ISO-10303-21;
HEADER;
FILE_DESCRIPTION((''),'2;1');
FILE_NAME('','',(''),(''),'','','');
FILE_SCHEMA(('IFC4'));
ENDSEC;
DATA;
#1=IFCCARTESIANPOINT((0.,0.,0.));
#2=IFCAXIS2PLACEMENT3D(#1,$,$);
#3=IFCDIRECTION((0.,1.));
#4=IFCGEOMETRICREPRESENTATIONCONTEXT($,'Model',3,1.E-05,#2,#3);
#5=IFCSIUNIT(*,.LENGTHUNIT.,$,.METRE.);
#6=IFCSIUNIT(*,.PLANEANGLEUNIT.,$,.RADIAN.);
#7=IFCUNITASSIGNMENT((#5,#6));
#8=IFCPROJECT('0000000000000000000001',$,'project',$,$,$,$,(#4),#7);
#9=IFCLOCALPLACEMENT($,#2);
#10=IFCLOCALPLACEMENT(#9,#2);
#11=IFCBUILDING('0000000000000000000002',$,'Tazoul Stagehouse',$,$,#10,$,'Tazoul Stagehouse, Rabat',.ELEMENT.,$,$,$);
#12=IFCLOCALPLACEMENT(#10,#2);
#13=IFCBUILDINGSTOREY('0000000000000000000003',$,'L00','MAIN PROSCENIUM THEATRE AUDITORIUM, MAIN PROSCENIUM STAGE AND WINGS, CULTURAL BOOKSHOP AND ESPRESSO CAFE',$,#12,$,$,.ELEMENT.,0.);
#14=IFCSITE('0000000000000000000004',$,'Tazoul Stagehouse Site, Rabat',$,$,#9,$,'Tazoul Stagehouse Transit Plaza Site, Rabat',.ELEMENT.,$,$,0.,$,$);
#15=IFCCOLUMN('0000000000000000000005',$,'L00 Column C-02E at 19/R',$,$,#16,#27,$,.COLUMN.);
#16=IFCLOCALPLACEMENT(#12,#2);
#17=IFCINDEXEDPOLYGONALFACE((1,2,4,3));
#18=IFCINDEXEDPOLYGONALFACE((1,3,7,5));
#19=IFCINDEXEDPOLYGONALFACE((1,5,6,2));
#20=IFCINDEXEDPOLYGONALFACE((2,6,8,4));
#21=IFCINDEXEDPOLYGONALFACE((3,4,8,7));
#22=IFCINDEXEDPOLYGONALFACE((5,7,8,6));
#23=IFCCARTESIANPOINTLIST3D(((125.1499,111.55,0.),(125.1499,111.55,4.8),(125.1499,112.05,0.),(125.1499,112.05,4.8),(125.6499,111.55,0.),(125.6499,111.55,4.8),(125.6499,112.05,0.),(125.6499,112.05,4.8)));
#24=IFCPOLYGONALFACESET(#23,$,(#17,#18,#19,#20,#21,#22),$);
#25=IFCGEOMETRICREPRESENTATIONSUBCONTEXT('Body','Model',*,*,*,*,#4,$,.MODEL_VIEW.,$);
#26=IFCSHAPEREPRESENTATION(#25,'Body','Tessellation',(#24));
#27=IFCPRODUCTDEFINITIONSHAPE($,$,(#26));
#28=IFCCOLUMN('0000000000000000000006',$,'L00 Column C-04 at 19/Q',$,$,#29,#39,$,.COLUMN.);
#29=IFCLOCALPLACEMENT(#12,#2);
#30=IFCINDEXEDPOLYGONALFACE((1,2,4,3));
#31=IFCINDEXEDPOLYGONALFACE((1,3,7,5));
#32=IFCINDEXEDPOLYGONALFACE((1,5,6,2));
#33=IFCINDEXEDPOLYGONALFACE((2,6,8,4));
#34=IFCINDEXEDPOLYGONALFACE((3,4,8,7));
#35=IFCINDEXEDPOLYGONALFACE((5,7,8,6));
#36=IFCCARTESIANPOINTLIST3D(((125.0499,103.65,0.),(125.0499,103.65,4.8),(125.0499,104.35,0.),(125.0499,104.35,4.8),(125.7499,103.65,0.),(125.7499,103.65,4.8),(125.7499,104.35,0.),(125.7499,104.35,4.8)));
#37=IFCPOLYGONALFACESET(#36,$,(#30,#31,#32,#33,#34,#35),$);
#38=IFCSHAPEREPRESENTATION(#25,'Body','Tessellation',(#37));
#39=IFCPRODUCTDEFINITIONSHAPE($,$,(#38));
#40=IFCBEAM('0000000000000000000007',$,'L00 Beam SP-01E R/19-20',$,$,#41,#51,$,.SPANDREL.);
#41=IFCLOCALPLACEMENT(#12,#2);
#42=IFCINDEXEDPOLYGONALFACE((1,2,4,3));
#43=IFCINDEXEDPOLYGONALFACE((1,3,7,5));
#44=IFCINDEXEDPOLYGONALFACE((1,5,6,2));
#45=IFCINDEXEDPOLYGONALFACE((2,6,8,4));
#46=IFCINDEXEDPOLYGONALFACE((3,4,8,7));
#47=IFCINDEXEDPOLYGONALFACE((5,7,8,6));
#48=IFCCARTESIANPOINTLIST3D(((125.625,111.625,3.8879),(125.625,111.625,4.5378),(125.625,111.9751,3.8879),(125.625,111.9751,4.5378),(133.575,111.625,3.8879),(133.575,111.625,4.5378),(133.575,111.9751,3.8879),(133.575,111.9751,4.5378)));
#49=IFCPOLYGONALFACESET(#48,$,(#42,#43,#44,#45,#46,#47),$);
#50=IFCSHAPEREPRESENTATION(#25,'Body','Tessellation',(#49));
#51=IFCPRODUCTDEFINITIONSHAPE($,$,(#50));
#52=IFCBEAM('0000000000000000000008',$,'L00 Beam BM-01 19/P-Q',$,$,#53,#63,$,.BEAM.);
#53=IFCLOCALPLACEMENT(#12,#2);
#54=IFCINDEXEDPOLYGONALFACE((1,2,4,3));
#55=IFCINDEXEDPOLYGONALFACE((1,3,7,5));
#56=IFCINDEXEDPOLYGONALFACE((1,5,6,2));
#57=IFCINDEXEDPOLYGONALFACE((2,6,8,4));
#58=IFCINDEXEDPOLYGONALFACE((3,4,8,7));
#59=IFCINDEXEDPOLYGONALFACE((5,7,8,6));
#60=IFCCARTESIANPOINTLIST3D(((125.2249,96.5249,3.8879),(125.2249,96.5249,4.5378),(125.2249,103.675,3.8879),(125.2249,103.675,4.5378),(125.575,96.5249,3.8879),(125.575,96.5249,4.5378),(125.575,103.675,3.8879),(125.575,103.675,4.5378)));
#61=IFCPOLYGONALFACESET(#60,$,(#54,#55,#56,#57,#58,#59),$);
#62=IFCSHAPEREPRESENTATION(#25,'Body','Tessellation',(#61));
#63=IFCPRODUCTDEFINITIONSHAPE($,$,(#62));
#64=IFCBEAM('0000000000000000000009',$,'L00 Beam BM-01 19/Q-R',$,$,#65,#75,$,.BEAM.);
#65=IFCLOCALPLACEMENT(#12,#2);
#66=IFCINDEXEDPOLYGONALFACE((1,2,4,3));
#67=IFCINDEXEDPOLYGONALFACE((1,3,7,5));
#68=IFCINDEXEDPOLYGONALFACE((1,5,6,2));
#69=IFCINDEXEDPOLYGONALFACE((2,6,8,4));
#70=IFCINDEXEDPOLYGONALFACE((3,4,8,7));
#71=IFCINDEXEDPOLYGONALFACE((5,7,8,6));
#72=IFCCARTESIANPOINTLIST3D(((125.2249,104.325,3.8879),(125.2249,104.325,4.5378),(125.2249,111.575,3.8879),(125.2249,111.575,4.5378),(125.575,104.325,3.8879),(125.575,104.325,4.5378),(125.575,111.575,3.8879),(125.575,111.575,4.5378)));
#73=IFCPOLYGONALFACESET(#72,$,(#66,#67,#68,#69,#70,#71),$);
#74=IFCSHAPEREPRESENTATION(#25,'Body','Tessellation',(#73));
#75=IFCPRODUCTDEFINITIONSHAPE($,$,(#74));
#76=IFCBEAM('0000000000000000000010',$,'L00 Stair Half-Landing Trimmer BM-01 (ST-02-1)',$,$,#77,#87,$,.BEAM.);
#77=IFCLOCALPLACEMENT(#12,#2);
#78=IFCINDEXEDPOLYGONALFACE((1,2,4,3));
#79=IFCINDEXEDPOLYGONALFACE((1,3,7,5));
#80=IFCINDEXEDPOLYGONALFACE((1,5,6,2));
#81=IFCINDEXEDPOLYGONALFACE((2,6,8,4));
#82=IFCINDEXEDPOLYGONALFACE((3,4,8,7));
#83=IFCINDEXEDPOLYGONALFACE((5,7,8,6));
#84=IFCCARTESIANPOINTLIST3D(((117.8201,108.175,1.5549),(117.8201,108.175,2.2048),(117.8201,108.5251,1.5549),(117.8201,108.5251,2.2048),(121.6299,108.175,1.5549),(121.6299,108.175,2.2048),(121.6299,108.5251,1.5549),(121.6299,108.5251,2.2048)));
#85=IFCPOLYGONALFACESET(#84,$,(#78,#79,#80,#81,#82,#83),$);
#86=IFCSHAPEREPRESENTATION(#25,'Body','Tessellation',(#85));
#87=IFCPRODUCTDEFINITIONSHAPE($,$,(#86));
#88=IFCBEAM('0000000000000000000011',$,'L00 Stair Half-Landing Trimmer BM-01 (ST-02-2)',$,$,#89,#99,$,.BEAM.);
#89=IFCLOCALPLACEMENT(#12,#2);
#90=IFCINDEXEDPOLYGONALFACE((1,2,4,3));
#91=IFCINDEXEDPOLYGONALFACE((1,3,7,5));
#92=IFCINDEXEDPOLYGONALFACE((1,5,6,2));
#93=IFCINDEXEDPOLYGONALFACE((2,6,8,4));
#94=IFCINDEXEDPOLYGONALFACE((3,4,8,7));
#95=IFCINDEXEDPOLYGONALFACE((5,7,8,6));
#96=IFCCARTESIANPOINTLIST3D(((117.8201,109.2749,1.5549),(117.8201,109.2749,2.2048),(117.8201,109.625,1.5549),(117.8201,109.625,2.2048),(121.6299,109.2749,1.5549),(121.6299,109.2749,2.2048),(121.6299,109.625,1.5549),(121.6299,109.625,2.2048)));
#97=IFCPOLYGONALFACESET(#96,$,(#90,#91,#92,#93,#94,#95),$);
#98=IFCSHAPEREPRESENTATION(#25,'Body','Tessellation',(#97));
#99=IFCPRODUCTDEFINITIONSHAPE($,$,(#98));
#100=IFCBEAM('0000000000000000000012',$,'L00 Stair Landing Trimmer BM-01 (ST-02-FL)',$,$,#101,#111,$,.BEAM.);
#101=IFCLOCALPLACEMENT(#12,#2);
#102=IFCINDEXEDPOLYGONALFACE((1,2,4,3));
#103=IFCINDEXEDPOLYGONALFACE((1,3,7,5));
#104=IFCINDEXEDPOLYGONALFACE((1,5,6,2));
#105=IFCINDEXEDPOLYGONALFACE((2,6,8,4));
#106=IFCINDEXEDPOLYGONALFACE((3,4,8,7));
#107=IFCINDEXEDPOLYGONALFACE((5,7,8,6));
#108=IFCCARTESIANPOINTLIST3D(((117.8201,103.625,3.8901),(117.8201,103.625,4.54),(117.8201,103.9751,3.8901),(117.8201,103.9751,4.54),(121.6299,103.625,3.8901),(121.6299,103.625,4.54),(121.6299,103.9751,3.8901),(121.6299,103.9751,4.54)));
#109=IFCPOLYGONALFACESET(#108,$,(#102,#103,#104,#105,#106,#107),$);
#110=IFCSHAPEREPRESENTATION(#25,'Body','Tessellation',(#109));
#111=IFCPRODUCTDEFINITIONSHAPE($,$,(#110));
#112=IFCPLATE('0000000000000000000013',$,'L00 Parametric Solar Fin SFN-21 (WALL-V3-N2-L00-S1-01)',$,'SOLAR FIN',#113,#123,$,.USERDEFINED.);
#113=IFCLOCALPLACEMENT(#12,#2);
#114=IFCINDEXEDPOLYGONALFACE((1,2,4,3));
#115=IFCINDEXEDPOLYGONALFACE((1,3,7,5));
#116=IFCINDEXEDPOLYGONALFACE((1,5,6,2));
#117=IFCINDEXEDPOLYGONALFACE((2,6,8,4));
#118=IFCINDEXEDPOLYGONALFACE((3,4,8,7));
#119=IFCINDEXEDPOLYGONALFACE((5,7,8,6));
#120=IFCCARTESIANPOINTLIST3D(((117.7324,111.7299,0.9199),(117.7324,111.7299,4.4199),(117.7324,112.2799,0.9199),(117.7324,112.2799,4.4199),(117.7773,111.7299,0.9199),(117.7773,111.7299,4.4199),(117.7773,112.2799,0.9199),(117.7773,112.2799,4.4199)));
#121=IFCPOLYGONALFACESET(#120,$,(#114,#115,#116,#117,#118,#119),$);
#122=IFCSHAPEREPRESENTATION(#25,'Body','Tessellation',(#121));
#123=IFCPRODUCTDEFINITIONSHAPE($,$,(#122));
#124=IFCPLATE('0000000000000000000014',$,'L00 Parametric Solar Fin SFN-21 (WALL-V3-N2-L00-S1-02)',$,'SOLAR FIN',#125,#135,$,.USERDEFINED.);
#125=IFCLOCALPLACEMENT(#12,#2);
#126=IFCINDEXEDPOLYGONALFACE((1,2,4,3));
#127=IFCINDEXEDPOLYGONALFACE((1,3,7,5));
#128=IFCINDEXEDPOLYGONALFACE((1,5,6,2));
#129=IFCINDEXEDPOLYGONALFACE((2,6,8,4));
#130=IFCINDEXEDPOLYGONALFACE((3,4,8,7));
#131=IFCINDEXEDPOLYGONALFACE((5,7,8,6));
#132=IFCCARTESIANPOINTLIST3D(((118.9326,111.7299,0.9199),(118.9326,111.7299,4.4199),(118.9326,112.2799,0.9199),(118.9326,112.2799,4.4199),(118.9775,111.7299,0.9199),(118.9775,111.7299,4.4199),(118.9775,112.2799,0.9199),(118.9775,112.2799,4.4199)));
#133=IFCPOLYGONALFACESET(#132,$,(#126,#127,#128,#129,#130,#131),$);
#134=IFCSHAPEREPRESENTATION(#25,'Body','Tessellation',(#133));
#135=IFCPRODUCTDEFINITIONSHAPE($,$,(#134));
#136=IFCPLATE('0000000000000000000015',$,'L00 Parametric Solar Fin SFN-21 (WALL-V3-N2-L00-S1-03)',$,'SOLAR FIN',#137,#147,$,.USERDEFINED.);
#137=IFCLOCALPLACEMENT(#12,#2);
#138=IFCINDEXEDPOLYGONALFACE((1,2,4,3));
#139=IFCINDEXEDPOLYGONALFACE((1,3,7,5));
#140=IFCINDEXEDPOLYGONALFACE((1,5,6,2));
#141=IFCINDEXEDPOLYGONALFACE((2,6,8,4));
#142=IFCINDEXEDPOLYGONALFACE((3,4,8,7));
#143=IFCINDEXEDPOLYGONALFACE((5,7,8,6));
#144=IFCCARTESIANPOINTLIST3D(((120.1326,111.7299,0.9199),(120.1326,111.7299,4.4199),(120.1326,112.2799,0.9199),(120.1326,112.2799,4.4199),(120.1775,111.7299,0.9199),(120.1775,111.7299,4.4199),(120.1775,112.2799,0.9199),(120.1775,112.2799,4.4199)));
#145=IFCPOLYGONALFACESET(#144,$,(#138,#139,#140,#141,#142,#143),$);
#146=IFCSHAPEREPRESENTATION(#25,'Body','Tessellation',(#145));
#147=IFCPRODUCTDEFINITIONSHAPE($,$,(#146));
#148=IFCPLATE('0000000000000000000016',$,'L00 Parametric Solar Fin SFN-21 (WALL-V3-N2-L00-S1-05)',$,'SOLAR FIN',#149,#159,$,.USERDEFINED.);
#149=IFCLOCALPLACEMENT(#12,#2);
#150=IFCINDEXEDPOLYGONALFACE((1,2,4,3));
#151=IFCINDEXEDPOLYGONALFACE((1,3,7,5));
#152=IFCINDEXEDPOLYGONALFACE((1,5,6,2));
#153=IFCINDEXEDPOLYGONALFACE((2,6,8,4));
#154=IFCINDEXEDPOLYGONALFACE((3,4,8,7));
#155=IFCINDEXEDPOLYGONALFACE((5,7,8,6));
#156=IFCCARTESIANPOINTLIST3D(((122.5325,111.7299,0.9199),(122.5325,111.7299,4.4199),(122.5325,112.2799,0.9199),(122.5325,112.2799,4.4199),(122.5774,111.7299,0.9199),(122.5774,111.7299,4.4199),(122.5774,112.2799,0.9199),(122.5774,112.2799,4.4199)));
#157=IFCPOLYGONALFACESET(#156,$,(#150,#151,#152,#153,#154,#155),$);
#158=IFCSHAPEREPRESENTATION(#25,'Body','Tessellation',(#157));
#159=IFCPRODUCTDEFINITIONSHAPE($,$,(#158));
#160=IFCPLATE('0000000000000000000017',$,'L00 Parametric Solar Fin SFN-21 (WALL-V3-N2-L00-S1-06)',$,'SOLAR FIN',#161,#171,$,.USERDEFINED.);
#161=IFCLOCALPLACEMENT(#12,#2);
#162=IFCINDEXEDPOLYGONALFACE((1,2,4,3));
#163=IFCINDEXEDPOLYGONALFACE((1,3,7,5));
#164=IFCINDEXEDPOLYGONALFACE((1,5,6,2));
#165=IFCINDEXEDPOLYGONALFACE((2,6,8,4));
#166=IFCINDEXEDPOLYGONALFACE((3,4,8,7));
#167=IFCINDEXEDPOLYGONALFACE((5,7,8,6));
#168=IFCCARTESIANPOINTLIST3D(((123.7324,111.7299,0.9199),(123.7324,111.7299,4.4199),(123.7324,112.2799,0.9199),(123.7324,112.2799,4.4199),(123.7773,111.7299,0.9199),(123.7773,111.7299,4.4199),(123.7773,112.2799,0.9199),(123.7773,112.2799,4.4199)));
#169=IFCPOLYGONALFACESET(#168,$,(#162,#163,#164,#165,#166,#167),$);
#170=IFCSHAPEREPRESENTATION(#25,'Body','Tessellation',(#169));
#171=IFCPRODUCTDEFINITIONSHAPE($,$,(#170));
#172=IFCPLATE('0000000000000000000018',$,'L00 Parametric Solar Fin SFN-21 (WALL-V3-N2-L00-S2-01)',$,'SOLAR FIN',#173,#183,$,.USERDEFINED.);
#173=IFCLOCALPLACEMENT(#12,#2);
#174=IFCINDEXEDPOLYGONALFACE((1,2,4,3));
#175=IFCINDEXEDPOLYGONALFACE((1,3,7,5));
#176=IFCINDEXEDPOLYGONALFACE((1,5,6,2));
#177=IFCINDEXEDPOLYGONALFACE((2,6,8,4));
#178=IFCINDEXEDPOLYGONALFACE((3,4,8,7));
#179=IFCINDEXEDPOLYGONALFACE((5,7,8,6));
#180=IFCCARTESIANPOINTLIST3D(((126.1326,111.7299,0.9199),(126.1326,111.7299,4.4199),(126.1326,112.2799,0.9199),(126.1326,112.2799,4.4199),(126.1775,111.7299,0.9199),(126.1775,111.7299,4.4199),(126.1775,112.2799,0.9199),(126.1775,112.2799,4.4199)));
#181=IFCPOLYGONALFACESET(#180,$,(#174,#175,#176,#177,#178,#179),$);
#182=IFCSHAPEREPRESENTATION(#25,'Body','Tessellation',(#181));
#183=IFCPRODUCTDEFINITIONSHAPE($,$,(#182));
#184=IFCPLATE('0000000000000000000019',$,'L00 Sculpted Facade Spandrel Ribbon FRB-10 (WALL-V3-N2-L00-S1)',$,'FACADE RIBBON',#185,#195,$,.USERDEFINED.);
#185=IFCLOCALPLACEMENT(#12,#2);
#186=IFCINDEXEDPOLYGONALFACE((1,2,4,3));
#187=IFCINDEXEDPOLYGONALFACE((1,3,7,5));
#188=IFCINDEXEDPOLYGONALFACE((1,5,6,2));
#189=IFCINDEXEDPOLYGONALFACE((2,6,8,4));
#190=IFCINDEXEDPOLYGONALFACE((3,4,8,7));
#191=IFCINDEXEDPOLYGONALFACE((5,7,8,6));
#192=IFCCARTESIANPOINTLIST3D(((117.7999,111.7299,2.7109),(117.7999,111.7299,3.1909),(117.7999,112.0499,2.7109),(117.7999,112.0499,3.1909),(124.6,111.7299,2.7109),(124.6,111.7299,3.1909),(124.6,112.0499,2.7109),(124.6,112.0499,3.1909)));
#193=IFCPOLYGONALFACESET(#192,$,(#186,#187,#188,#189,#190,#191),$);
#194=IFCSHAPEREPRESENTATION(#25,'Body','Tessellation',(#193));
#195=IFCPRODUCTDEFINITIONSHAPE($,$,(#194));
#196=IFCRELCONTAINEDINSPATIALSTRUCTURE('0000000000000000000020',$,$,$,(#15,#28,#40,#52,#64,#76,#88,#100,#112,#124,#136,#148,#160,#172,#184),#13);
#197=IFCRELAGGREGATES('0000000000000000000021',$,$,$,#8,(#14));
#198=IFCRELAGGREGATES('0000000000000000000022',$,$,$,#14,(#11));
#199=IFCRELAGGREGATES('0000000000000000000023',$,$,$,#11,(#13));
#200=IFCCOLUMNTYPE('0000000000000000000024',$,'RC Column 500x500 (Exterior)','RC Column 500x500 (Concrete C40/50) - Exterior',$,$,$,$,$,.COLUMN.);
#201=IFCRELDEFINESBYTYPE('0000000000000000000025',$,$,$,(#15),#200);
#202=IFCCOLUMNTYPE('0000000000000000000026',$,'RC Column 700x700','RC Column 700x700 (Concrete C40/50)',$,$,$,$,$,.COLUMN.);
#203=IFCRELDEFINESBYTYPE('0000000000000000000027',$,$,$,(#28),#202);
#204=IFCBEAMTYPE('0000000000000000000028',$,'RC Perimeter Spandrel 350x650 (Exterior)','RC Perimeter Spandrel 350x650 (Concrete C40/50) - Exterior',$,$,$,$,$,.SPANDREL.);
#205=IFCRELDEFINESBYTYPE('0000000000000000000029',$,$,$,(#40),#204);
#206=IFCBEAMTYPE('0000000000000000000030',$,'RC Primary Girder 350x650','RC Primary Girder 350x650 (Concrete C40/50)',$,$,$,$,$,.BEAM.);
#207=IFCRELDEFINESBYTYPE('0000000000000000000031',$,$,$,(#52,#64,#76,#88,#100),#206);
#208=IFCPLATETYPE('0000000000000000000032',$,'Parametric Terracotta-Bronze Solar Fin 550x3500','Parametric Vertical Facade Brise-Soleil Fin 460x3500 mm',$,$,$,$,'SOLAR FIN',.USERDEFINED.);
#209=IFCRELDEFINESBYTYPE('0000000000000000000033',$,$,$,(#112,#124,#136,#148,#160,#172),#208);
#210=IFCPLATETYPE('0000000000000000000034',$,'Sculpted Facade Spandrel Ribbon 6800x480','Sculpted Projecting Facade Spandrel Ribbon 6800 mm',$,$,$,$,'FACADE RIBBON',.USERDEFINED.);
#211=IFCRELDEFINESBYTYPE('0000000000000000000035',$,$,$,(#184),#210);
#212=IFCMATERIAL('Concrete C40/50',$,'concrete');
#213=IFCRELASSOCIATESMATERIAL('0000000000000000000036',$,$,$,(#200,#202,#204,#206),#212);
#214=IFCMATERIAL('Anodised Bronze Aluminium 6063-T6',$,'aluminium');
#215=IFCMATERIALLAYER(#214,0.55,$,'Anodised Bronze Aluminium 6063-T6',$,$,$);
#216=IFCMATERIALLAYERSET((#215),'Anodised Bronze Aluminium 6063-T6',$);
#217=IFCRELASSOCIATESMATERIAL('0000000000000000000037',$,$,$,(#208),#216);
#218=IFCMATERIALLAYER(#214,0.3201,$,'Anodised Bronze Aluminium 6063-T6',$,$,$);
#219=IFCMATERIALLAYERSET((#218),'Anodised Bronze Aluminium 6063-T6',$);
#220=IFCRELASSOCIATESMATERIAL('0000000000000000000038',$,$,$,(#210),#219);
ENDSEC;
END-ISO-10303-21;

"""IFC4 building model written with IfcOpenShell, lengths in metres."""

from ifc_helpers import new_model, si_unit, direction, frame, origin, origin_2d, place, context, subcontext, project, spatial, rectangle, extrude, material, layer, layer_set, material_profile, profile_set, type_object, element, save


model = new_model("IFC4")

# Units and contexts
model_context = context("Model", 3, precision=1e-05, world=origin(), true_north=direction((0.0, 1.0)))
body_context = subcontext(model_context, "Body", "Model", "MODEL_VIEW")
ifc_project = project(units=[si_unit("LENGTHUNIT", "METRE"), si_unit("PLANEANGLEUNIT", "RADIAN")], contexts=[model_context])

# Site, building, storey
site_placement = place(None, origin())
site = spatial("IfcSite", under=ifc_project, at=site_placement, Name="Tazoul Stagehouse Site, Rabat", LongName="Tazoul Stagehouse Transit Plaza Site, Rabat", CompositionType="ELEMENT", RefElevation=0.0)
building_placement = place(site_placement, origin())
building = spatial("IfcBuilding", under=site, at=building_placement, Name="Tazoul Stagehouse", LongName="Tazoul Stagehouse, Rabat", CompositionType="ELEMENT")
storey_placement = place(building_placement, origin())
storey = spatial("IfcBuildingStorey", under=building, at=storey_placement, Name="L00", Description="MAIN PROSCENIUM THEATRE AUDITORIUM, MAIN PROSCENIUM STAGE AND WINGS, CULTURAL BOOKSHOP AND ESPRESSO CAFE", CompositionType="ELEMENT", Elevation=0.0)

# Columns
ifc_material_1 = material(Name="Concrete C40/50", Category="concrete")
ifc_material_profile_1 = material_profile(ifc_material_1, rectangle(XDim=0.5, YDim=0.5, at=origin_2d()), Name="RC 500x500")
ifc_profile_set_1 = profile_set([ifc_material_profile_1], Name="Concrete C40/50")
column_type_1 = type_object("IfcColumnType", Name="RC Column 500x500 (Exterior)", Description="RC Column 500x500 (Concrete C40/50) - Exterior", PredefinedType="COLUMN", material=ifc_profile_set_1)
column_1_placement = place(storey_placement, frame((125.3999, 111.8, 0.0), z_axis=(0.0, 0.0, 1.0), x_axis=(1.0, 0.0, 0.0)))
element("IfcColumn", 1, at=column_1_placement, inside=storey, type_object=column_type_1, Name="L00 Column C-02E at 19/R", PredefinedType="COLUMN", context=body_context, shape_type="SweptSolid", body=[
    extrude(rectangle(XDim=0.5, YDim=0.5, at=origin_2d()), origin(), (0.0, 0.0, 1.0), 4.8),
])
ifc_material_profile_2 = material_profile(ifc_material_1, rectangle(XDim=0.7, YDim=0.7, at=origin_2d()), Name="RC 700x700")
ifc_profile_set_2 = profile_set([ifc_material_profile_2], Name="Concrete C40/50")
column_type_2 = type_object("IfcColumnType", Name="RC Column 700x700", Description="RC Column 700x700 (Concrete C40/50)", PredefinedType="COLUMN", material=ifc_profile_set_2)
column_2_placement = place(storey_placement, frame((125.3999, 104.0, 0.0), z_axis=(0.0, 0.0, 1.0), x_axis=(1.0, 0.0, 0.0)))
element("IfcColumn", 2, at=column_2_placement, inside=storey, type_object=column_type_2, Name="L00 Column C-04 at 19/Q", PredefinedType="COLUMN", context=body_context, shape_type="SweptSolid", body=[
    extrude(rectangle(XDim=0.7, YDim=0.7, at=origin_2d()), origin(), (0.0, 0.0, 1.0), 4.8),
])

# Beams
ifc_material_profile_3 = material_profile(ifc_material_1, rectangle(XDim=0.3501, YDim=0.6499, at=origin_2d()), Name="RC 350x650")
ifc_profile_set_3 = profile_set([ifc_material_profile_3], Name="Concrete C40/50")
beam_type_1 = type_object("IfcBeamType", Name="RC Perimeter Spandrel 350x650 (Exterior)", Description="RC Perimeter Spandrel 350x650 (Concrete C40/50) - Exterior", PredefinedType="SPANDREL", material=ifc_profile_set_3)
beam_1_placement = place(storey_placement, frame((125.625, 111.8, 4.2129), z_axis=(1.0, 0.0, 0.0), x_axis=(0.0, 1.0, 0.0)))
element("IfcBeam", 3, at=beam_1_placement, inside=storey, type_object=beam_type_1, Name="L00 Beam SP-01E R/19-20", PredefinedType="SPANDREL", context=body_context, shape_type="SweptSolid", body=[
    extrude(rectangle(XDim=0.3501, YDim=0.6499, at=origin_2d()), origin(), (0.0, 0.0, 1.0), 7.95),
])
ifc_material_profile_4 = material_profile(ifc_material_1, rectangle(XDim=0.3501, YDim=0.6499, at=origin_2d()), Name="RC 350x650")
ifc_profile_set_4 = profile_set([ifc_material_profile_4], Name="Concrete C40/50")
beam_type_2 = type_object("IfcBeamType", Name="RC Primary Girder 350x650", Description="RC Primary Girder 350x650 (Concrete C40/50)", PredefinedType="BEAM", material=ifc_profile_set_4)
beam_2_placement = place(storey_placement, frame((125.3999, 96.5249, 4.2129), z_axis=(0.0, 1.0, 0.0), x_axis=(-1.0, 0.0, 0.0)))
element("IfcBeam", 4, at=beam_2_placement, inside=storey, type_object=beam_type_2, Name="L00 Beam BM-01 19/P-Q", PredefinedType="BEAM", context=body_context, shape_type="SweptSolid", body=[
    extrude(rectangle(XDim=0.3501, YDim=0.6499, at=origin_2d()), origin(), (0.0, 0.0, 1.0), 7.1501),
])
beam_3_placement = place(storey_placement, frame((125.3999, 104.325, 4.2129), z_axis=(0.0, 1.0, 0.0), x_axis=(-1.0, 0.0, 0.0)))
element("IfcBeam", 5, at=beam_3_placement, inside=storey, type_object=beam_type_2, Name="L00 Beam BM-01 19/Q-R", PredefinedType="BEAM", context=body_context, shape_type="SweptSolid", body=[
    extrude(rectangle(XDim=0.3501, YDim=0.6499, at=origin_2d()), origin(), (0.0, 0.0, 1.0), 7.25),
])
for number, where, z_axis, x_axis, name in (
    (6, (117.8201, 108.3501, 1.8799), (1.0, 0.0, 0.0), (0.0, 1.0, 0.0), "L00 Stair Half-Landing Trimmer BM-01 (ST-02-1)"),
    (7, (117.8201, 109.45, 1.8799), (1.0, 0.0, 0.0), (0.0, 1.0, 0.0), "L00 Stair Half-Landing Trimmer BM-01 (ST-02-2)"),
    (8, (117.8201, 103.8, 4.2151), (1.0, 0.0, 0.0), (0.0, 1.0, 0.0), "L00 Stair Landing Trimmer BM-01 (ST-02-FL)"),
):
    element("IfcBeam", number, at=place(storey_placement, frame(where, z_axis=z_axis, x_axis=x_axis)), inside=storey, type_object=beam_type_2, Name=name, PredefinedType="BEAM", context=body_context, shape_type="SweptSolid", body=[
        extrude(rectangle(XDim=0.3501, YDim=0.6499, at=origin_2d()), origin(), (0.0, 0.0, 1.0), 3.8098),
    ])

# Plates
ifc_material_2 = material(Name="Anodised Bronze Aluminium 6063-T6", Category="aluminium")
ifc_layer_1 = layer(ifc_material_2, 0.55, Name="Anodised Bronze Aluminium 6063-T6")
ifc_layer_set_1 = layer_set([ifc_layer_1], Name="Anodised Bronze Aluminium 6063-T6")
plate_type_1 = type_object("IfcPlateType", Name="Parametric Terracotta-Bronze Solar Fin 550x3500", Description="Parametric Vertical Facade Brise-Soleil Fin 460x3500 mm", ElementType="SOLAR FIN", PredefinedType="USERDEFINED", material=ifc_layer_set_1)
for number, where, z_axis, x_axis, name in (
    (9, (117.7549, 112.0049, 0.9199), (0.0, 0.0, 1.0), (1.0, 0.0, 0.0), "L00 Parametric Solar Fin SFN-21 (WALL-V3-N2-L00-S1-01)"),
    (10, (118.9551, 112.0049, 0.9199), (0.0, 0.0, 1.0), (1.0, 0.0, 0.0), "L00 Parametric Solar Fin SFN-21 (WALL-V3-N2-L00-S1-02)"),
    (11, (120.155, 112.0049, 0.9199), (0.0, 0.0, 1.0), (1.0, 0.0, 0.0), "L00 Parametric Solar Fin SFN-21 (WALL-V3-N2-L00-S1-03)"),
    (12, (122.5549, 112.0049, 0.9199), (0.0, 0.0, 1.0), (1.0, 0.0, 0.0), "L00 Parametric Solar Fin SFN-21 (WALL-V3-N2-L00-S1-05)"),
    (13, (123.7549, 112.0049, 0.9199), (0.0, 0.0, 1.0), (1.0, 0.0, 0.0), "L00 Parametric Solar Fin SFN-21 (WALL-V3-N2-L00-S1-06)"),
    (14, (126.155, 112.0049, 0.9199), (0.0, 0.0, 1.0), (1.0, 0.0, 0.0), "L00 Parametric Solar Fin SFN-21 (WALL-V3-N2-L00-S2-01)"),
):
    element("IfcPlate", number, at=place(storey_placement, frame(where, z_axis=z_axis, x_axis=x_axis)), inside=storey, type_object=plate_type_1, Name=name, ObjectType="SOLAR FIN", PredefinedType="USERDEFINED", context=body_context, shape_type="SweptSolid", body=[
        extrude(rectangle(XDim=0.0449, YDim=0.55, at=origin_2d()), origin(), (0.0, 0.0, 1.0), 3.5),
    ])
ifc_layer_2 = layer(ifc_material_2, 0.3201, Name="Anodised Bronze Aluminium 6063-T6")
ifc_layer_set_2 = layer_set([ifc_layer_2], Name="Anodised Bronze Aluminium 6063-T6")
plate_type_2 = type_object("IfcPlateType", Name="Sculpted Facade Spandrel Ribbon 6800x480", Description="Sculpted Projecting Facade Spandrel Ribbon 6800 mm", ElementType="FACADE RIBBON", PredefinedType="USERDEFINED", material=ifc_layer_set_2)
plate_placement = place(storey_placement, frame((121.2, 111.8899, 2.7109), z_axis=(0.0, 0.0, 1.0), x_axis=(1.0, 0.0, 0.0)))
element("IfcPlate", 15, at=plate_placement, inside=storey, type_object=plate_type_2, Name="L00 Sculpted Facade Spandrel Ribbon FRB-10 (WALL-V3-N2-L00-S1)", ObjectType="FACADE RIBBON", PredefinedType="USERDEFINED", context=body_context, shape_type="SweptSolid", body=[
    extrude(rectangle(XDim=6.8, YDim=0.3201, at=origin_2d()), origin(), (0.0, 0.0, 1.0), 0.48),
])

save(model, "model.ifc")
